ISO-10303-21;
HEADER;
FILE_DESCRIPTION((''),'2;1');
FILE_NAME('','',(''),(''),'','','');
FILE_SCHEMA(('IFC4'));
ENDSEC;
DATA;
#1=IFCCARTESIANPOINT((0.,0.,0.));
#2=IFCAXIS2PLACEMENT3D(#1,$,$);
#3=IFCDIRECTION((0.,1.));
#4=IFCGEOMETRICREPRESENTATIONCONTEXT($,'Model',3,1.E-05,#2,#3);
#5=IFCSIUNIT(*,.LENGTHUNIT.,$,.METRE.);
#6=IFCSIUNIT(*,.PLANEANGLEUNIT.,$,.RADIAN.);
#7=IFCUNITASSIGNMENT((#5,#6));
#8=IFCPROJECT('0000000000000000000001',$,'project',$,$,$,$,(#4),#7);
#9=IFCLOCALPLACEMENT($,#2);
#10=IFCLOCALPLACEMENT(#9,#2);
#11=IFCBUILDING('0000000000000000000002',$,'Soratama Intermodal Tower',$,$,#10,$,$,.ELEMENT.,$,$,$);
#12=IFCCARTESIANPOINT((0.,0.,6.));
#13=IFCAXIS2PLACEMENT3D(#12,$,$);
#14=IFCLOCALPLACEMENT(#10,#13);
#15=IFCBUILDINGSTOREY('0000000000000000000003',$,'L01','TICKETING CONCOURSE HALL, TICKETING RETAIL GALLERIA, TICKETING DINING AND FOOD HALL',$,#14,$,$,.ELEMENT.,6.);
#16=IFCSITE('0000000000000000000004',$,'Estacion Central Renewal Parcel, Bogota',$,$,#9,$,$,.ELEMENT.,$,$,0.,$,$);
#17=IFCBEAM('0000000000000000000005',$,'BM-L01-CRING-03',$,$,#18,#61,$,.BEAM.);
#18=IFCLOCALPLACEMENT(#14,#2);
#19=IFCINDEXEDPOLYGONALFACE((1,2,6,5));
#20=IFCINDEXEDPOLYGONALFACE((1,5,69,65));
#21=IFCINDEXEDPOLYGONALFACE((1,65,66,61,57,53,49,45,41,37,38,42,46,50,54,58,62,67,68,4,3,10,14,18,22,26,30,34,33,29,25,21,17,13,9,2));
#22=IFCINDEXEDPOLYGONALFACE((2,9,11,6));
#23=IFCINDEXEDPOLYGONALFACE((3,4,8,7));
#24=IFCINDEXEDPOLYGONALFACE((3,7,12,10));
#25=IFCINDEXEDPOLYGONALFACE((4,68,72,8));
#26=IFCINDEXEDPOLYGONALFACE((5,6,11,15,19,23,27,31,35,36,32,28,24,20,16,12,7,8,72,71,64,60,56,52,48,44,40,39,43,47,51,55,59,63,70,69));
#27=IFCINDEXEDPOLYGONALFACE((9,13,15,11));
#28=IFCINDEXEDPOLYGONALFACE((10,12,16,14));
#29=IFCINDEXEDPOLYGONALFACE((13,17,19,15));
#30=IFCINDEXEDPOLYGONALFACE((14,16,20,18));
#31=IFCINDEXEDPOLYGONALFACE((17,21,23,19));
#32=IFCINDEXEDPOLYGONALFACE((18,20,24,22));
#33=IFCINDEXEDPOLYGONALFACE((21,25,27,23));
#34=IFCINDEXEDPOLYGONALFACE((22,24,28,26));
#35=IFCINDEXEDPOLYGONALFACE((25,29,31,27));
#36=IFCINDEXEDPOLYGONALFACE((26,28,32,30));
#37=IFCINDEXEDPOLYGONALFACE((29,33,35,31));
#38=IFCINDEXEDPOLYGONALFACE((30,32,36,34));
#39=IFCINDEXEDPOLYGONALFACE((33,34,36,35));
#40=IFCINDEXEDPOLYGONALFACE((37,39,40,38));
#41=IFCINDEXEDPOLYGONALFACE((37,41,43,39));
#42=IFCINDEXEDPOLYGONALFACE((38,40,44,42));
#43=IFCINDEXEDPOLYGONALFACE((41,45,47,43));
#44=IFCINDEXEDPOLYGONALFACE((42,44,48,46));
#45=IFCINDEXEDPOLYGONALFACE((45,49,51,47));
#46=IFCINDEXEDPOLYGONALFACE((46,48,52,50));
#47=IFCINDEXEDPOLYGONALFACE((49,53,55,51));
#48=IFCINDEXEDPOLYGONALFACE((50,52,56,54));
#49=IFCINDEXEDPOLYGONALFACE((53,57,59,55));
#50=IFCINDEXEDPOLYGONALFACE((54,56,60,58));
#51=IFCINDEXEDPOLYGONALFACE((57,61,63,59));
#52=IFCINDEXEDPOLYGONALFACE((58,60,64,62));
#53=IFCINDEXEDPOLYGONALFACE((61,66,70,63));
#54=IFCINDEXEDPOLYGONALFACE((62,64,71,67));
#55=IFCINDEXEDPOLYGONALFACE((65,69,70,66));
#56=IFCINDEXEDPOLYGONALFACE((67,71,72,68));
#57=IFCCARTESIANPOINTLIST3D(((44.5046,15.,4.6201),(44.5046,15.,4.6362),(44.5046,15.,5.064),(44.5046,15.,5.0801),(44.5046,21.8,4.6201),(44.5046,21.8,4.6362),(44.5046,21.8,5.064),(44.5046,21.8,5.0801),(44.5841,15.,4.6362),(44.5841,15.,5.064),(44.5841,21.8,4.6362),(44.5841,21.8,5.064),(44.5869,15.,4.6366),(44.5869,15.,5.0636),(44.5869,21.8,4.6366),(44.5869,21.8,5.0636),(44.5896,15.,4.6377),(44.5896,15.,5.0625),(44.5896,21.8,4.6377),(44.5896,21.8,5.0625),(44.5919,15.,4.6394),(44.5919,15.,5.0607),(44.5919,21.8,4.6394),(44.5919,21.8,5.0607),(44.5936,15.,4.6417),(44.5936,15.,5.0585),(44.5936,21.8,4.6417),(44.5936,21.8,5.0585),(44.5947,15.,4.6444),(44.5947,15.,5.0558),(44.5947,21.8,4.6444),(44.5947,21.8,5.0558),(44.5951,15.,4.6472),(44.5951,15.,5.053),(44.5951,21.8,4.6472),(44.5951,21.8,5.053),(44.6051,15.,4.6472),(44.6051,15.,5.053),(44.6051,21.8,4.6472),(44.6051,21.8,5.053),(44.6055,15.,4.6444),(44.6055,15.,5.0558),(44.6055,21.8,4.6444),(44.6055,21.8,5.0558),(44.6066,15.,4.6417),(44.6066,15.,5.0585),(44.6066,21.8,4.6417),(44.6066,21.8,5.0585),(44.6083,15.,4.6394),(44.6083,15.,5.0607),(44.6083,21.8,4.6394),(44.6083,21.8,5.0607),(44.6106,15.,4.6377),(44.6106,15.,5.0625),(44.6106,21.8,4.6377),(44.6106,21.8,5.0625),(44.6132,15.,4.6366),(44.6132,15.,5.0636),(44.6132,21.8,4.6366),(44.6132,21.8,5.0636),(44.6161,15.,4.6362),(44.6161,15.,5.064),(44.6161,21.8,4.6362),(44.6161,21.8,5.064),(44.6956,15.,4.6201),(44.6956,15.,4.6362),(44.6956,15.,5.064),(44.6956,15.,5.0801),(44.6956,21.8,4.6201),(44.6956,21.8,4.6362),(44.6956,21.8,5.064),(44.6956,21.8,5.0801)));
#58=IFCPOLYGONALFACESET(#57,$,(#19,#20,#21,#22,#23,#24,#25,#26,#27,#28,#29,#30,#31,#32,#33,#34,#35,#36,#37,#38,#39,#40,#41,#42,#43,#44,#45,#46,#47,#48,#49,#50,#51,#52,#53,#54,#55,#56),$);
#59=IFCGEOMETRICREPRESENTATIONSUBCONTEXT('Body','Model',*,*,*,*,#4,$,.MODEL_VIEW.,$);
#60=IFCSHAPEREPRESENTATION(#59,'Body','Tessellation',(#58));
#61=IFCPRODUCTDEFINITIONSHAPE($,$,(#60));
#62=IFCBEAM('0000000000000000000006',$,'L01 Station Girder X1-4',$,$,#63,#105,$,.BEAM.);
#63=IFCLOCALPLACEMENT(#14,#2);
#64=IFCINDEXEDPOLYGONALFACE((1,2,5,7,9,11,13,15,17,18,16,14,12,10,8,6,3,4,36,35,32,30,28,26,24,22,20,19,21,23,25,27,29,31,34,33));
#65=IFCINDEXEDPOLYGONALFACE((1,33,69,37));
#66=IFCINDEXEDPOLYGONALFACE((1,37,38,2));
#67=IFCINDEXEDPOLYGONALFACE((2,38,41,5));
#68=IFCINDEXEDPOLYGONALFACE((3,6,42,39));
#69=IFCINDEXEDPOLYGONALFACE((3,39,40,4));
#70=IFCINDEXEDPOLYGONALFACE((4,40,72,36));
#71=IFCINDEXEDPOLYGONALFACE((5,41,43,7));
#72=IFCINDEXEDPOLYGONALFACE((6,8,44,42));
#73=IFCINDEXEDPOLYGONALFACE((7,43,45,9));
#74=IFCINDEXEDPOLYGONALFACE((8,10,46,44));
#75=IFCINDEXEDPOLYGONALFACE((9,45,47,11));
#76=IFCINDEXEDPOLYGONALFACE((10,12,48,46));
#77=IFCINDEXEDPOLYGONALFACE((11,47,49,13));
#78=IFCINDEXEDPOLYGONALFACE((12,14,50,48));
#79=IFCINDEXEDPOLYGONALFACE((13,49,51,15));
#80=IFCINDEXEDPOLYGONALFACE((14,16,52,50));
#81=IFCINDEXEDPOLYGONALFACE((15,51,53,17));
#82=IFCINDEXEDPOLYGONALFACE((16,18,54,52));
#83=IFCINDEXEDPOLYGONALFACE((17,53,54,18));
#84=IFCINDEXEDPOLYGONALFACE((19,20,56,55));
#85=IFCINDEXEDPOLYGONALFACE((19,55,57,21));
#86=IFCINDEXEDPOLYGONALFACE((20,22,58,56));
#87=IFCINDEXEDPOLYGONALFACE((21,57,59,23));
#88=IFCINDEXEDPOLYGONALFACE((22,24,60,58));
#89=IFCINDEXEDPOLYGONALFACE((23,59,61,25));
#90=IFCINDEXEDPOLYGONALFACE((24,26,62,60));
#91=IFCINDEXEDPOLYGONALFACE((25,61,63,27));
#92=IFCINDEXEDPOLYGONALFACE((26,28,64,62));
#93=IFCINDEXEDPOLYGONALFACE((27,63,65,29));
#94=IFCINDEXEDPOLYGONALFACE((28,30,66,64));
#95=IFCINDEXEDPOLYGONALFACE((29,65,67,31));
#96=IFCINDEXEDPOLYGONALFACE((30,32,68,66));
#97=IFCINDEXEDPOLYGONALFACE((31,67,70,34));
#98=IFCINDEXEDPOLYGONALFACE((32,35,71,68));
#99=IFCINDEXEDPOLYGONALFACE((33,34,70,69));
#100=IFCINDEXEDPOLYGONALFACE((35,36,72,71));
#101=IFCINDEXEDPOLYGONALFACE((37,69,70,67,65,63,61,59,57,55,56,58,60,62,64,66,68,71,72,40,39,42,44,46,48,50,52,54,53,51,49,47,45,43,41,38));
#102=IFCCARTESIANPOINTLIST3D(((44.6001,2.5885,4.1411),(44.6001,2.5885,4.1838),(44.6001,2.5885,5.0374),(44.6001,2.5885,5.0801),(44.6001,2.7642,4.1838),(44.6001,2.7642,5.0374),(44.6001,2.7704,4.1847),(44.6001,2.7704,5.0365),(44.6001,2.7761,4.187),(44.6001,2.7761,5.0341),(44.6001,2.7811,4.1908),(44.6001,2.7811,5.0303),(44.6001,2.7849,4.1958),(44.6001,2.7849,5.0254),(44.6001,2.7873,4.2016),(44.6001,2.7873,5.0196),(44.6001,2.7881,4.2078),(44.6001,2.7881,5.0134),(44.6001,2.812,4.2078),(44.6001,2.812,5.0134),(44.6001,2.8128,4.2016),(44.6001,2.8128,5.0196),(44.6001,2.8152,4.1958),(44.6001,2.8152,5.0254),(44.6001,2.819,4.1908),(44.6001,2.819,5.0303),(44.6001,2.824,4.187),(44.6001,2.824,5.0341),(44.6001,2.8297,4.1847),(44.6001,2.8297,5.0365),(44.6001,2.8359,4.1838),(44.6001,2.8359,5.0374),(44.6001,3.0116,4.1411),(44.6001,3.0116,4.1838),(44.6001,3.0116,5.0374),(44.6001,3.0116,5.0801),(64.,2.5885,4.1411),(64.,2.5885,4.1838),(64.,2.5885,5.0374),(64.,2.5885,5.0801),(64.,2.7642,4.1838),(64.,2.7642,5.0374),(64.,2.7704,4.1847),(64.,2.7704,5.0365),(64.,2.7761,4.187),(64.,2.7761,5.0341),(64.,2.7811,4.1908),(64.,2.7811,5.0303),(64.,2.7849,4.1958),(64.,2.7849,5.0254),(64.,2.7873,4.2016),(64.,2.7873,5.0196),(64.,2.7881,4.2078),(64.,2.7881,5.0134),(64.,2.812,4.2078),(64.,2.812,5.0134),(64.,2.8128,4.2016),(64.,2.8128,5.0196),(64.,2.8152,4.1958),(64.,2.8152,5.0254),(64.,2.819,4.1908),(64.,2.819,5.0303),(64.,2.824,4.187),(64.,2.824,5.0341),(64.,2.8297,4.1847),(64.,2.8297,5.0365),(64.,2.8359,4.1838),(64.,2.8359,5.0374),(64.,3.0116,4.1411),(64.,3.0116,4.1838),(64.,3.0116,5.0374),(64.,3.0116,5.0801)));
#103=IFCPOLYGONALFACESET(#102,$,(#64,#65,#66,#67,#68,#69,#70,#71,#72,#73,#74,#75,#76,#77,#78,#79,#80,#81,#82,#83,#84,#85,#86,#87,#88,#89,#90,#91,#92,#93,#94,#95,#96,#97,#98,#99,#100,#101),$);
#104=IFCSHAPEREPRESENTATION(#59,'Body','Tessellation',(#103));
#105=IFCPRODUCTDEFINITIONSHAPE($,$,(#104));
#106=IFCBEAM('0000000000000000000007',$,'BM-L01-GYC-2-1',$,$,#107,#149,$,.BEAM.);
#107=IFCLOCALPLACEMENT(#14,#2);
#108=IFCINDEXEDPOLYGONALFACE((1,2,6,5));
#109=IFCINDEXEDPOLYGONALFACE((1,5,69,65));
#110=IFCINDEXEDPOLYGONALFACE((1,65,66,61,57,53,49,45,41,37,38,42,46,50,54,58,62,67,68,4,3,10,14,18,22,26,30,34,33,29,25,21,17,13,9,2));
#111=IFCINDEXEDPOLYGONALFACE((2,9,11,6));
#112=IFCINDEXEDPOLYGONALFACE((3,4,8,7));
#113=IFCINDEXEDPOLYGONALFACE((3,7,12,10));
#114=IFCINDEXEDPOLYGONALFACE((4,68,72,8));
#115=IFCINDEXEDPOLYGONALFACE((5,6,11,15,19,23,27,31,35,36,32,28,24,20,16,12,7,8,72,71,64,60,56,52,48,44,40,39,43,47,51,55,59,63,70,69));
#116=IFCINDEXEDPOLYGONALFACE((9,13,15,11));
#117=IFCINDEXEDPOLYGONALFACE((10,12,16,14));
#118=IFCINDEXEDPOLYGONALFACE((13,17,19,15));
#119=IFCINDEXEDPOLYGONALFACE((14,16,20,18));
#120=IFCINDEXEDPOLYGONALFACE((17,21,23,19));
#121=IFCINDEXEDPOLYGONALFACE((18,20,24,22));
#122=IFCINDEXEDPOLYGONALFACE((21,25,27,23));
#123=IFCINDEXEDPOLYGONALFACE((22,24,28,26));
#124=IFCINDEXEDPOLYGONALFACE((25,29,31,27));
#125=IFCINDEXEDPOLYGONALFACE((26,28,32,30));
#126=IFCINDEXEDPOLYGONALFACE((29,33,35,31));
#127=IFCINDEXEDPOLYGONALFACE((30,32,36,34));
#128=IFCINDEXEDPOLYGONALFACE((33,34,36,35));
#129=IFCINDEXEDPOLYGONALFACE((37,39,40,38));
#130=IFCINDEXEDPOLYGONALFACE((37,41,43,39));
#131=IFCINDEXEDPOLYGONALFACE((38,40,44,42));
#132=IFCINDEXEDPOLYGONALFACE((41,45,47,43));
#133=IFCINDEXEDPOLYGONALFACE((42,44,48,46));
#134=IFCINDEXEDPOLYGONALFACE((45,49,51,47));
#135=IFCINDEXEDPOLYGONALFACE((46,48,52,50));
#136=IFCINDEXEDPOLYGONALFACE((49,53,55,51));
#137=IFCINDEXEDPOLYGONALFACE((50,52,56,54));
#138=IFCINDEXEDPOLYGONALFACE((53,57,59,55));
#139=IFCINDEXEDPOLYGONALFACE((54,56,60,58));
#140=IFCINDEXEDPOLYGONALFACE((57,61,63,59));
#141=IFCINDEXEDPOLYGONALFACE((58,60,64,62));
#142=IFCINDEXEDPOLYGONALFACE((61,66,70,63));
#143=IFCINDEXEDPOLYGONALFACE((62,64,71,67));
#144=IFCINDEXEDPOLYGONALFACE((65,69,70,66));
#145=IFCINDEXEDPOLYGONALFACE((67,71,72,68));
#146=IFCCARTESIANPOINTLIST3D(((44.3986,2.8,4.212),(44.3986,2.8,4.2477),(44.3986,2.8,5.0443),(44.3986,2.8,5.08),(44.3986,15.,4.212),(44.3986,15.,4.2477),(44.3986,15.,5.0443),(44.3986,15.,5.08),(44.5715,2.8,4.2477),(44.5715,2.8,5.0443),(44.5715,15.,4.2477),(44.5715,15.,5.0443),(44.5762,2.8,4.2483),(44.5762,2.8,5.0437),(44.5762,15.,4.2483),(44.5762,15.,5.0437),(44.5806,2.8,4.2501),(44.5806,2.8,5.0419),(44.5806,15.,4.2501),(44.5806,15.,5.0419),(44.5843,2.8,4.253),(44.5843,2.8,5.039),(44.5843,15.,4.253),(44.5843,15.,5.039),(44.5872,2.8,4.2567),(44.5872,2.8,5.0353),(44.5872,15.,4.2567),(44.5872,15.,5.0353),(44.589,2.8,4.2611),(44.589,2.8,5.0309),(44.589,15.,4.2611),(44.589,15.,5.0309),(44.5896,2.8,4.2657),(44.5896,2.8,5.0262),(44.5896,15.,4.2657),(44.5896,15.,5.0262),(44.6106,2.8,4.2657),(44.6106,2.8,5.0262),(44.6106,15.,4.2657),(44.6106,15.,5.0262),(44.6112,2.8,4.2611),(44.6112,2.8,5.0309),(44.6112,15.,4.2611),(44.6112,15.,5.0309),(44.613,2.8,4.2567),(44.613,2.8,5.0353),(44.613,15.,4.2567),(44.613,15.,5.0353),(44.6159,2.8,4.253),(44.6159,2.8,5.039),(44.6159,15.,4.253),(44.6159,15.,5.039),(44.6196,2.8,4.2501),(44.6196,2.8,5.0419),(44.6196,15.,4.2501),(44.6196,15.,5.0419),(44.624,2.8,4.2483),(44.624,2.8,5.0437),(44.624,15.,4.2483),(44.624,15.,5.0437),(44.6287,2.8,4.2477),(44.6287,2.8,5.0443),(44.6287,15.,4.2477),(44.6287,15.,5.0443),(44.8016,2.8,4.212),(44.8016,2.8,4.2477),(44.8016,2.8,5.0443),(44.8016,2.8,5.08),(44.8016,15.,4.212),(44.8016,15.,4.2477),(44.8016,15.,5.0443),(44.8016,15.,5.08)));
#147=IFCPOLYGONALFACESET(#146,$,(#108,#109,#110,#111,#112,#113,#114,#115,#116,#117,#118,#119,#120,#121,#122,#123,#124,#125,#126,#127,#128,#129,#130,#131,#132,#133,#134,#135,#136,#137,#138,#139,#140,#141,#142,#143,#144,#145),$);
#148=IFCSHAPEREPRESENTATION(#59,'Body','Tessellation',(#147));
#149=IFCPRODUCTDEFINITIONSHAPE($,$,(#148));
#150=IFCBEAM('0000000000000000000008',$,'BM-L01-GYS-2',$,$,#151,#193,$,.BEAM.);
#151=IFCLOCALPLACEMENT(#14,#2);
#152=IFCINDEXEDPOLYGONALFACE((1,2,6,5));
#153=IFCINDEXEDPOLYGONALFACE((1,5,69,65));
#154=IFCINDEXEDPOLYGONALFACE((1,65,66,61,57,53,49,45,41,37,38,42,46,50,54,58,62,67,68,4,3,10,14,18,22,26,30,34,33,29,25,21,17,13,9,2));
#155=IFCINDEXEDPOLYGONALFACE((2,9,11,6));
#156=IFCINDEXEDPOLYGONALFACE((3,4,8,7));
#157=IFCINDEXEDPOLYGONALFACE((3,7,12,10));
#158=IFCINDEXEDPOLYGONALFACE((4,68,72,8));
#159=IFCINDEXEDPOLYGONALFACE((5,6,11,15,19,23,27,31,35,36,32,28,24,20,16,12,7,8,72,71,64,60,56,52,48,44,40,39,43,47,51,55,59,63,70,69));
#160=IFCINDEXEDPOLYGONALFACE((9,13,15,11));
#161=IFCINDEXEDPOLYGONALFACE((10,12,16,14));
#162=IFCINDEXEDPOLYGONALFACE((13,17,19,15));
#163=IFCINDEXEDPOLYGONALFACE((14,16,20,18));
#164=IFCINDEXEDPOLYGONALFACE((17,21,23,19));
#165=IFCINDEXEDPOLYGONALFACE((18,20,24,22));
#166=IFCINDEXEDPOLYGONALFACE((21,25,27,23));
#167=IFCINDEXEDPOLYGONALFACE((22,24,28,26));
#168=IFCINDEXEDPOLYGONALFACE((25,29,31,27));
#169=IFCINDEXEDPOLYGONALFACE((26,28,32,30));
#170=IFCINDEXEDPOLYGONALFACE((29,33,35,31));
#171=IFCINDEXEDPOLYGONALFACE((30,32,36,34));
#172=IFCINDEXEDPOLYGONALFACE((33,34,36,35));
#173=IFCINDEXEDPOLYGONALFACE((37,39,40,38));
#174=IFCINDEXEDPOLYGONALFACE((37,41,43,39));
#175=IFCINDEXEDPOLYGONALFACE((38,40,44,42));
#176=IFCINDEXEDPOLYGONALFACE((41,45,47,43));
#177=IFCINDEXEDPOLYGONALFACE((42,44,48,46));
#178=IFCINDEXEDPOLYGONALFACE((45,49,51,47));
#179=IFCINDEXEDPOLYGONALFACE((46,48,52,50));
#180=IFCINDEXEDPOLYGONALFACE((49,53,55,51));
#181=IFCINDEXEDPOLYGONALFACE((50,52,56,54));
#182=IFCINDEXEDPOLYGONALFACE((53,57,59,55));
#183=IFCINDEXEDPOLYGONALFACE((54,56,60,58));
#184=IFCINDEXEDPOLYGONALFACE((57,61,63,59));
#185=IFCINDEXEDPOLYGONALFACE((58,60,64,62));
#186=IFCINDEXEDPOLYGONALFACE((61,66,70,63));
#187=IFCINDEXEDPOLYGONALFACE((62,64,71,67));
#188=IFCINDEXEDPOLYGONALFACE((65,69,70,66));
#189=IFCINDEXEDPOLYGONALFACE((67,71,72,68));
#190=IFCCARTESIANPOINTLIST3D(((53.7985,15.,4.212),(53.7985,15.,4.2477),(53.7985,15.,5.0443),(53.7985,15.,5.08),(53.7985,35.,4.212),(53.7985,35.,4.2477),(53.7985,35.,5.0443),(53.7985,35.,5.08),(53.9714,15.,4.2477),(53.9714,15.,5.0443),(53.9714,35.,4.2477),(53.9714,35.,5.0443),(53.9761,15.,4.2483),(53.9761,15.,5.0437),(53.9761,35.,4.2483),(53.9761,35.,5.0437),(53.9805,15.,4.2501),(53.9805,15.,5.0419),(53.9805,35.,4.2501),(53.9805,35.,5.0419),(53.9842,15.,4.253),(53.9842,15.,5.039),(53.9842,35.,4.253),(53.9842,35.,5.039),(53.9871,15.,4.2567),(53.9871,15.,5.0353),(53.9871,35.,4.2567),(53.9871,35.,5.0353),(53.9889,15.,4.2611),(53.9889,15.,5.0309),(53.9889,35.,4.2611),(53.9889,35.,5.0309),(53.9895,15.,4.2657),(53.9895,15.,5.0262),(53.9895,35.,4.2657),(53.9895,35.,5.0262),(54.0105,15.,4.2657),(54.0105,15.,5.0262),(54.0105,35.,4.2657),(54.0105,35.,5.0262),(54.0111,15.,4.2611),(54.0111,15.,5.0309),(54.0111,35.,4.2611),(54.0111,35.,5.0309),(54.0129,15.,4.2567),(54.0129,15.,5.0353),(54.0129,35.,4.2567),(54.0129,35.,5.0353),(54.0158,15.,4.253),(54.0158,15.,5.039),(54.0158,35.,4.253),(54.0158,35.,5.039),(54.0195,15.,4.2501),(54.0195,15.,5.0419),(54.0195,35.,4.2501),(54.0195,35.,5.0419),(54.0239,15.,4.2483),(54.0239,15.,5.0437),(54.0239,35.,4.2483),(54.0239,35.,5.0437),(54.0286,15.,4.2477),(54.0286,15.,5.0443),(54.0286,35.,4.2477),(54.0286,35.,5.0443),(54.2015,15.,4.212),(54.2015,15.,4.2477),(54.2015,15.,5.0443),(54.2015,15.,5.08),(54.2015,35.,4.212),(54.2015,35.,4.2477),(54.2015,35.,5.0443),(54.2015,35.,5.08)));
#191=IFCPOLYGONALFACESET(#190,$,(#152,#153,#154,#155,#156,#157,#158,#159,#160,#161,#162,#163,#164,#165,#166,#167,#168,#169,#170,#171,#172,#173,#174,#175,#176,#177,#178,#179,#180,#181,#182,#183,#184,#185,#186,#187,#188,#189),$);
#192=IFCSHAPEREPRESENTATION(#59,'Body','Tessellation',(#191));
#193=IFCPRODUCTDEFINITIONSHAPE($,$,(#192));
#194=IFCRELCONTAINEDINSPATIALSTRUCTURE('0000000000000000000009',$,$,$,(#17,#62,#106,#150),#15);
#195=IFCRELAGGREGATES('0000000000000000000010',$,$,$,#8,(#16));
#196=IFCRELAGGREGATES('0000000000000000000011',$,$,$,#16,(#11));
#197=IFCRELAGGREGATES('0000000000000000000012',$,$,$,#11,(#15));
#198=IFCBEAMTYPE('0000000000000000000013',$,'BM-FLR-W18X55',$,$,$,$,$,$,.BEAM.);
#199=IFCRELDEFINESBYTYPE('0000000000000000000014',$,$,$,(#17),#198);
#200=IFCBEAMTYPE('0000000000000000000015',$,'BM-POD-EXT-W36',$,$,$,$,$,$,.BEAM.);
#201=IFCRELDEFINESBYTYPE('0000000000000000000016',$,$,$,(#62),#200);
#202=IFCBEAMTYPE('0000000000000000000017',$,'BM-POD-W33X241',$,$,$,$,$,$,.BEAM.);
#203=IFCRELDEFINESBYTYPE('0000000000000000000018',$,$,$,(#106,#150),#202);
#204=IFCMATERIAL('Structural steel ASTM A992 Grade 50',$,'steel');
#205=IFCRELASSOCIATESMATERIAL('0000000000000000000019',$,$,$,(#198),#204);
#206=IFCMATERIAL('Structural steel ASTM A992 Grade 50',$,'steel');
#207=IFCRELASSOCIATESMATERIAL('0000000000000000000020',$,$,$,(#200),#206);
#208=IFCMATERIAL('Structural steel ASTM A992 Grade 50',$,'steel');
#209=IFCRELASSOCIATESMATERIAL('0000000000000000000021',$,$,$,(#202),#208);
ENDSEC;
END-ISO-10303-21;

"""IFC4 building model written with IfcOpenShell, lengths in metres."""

from ifc_helpers import new_model, si_unit, direction, frame, origin, origin_2d, place, context, subcontext, project, spatial, i_section, extrude, material, material_profile, profile_set, type_object, element, save


model = new_model("IFC4")

# Units and contexts
model_context = context("Model", 3, precision=1e-05, world=origin(), true_north=direction((0.0, 1.0)))
body_context = subcontext(model_context, "Body", "Model", "MODEL_VIEW")
ifc_project = project(units=[si_unit("LENGTHUNIT", "METRE"), si_unit("PLANEANGLEUNIT", "RADIAN")], contexts=[model_context])

# Site, building, storey
site_placement = place(None, origin())
site = spatial("IfcSite", under=ifc_project, at=site_placement, Name="Estacion Central Renewal Parcel, Bogota", CompositionType="ELEMENT", RefElevation=0.0)
building_placement = place(site_placement, origin())
building = spatial("IfcBuilding", under=site, at=building_placement, Name="Soratama Intermodal Tower", CompositionType="ELEMENT")
storey_placement = place(building_placement, frame((0.0, 0.0, 6.0)))
storey = spatial("IfcBuildingStorey", under=building, at=storey_placement, Name="L01", Description="TICKETING CONCOURSE HALL, TICKETING RETAIL GALLERIA, TICKETING DINING AND FOOD HALL", CompositionType="ELEMENT", Elevation=6.0)

# Beams
ifc_material_1 = material(Name="Structural steel ASTM A992 Grade 50", Category="steel")
ifc_material_profile_1 = material_profile(ifc_material_1, i_section(OverallWidth=0.1909, OverallDepth=0.46, WebThickness=0.01, FlangeThickness=0.0161, FilletRadius=0.011, at=origin_2d()), Name="W18X55")
ifc_profile_set_1 = profile_set([ifc_material_profile_1], Name="Structural steel ASTM A992 Grade 50")
beam_type_1 = type_object("IfcBeamType", Name="BM-FLR-W18X55", PredefinedType="BEAM", material=ifc_profile_set_1)
beam_1_placement = place(storey_placement, frame((44.6001, 15.0, 4.8501), z_axis=(0.0, 1.0, 0.0), x_axis=(-1.0, 0.0, 0.0)))
element("IfcBeam", 1, at=beam_1_placement, inside=storey, type_object=beam_type_1, Name="BM-L01-CRING-03", PredefinedType="BEAM", context=body_context, shape_type="SweptSolid", body=[
    extrude(i_section(OverallWidth=0.1909, OverallDepth=0.46, WebThickness=0.01, FlangeThickness=0.0161, FilletRadius=0.011, at=origin_2d()), origin(), (0.0, 0.0, 1.0), 6.8),
])
ifc_material_2 = material(Name="Structural steel ASTM A992 Grade 50", Category="steel")
ifc_material_profile_2 = material_profile(ifc_material_2, i_section(OverallWidth=0.4231, OverallDepth=0.939, WebThickness=0.0239, FlangeThickness=0.0427, FilletRadius=0.0239, at=origin_2d()), Name="W36X302")
ifc_profile_set_2 = profile_set([ifc_material_profile_2], Name="Structural steel ASTM A992 Grade 50")
beam_type_2 = type_object("IfcBeamType", Name="BM-POD-EXT-W36", PredefinedType="BEAM", material=ifc_profile_set_2)
beam_2_placement = place(storey_placement, frame((44.6001, 2.8, 4.6106), z_axis=(1.0, 0.0, 0.0), x_axis=(0.0, 1.0, 0.0)))
element("IfcBeam", 2, at=beam_2_placement, inside=storey, type_object=beam_type_2, Name="L01 Station Girder X1-4", PredefinedType="BEAM", context=body_context, shape_type="SweptSolid", body=[
    extrude(i_section(OverallWidth=0.4231, OverallDepth=0.939, WebThickness=0.0239, FlangeThickness=0.0427, FilletRadius=0.0239, at=origin_2d()), origin(), (0.0, 0.0, 1.0), 19.3999),
])
ifc_material_3 = material(Name="Structural steel ASTM A992 Grade 50", Category="steel")
ifc_material_profile_3 = material_profile(ifc_material_3, i_section(OverallWidth=0.4031, OverallDepth=0.8679, WebThickness=0.021, FlangeThickness=0.0356, FilletRadius=0.0181, at=origin_2d()), Name="W33X241")
ifc_profile_set_3 = profile_set([ifc_material_profile_3], Name="Structural steel ASTM A992 Grade 50")
beam_type_3 = type_object("IfcBeamType", Name="BM-POD-W33X241", PredefinedType="BEAM", material=ifc_profile_set_3)
beam_3_placement = place(storey_placement, frame((44.6001, 2.8, 4.646), z_axis=(0.0, 1.0, 0.0), x_axis=(-1.0, 0.0, 0.0)))
element("IfcBeam", 3, at=beam_3_placement, inside=storey, type_object=beam_type_3, Name="BM-L01-GYC-2-1", PredefinedType="BEAM", context=body_context, shape_type="SweptSolid", body=[
    extrude(i_section(OverallWidth=0.4031, OverallDepth=0.8679, WebThickness=0.021, FlangeThickness=0.0356, FilletRadius=0.0181, at=origin_2d()), origin(), (0.0, 0.0, 1.0), 12.2),
])
beam_4_placement = place(storey_placement, frame((54.0, 15.0, 4.646), z_axis=(0.0, 1.0, 0.0), x_axis=(-1.0, 0.0, 0.0)))
element("IfcBeam", 4, at=beam_4_placement, inside=storey, type_object=beam_type_3, Name="BM-L01-GYS-2", PredefinedType="BEAM", context=body_context, shape_type="SweptSolid", body=[
    extrude(i_section(OverallWidth=0.4031, OverallDepth=0.8679, WebThickness=0.021, FlangeThickness=0.0356, FilletRadius=0.0181, at=origin_2d()), origin(), (0.0, 0.0, 1.0), 20.0),
])

save(model, "model.ifc")
